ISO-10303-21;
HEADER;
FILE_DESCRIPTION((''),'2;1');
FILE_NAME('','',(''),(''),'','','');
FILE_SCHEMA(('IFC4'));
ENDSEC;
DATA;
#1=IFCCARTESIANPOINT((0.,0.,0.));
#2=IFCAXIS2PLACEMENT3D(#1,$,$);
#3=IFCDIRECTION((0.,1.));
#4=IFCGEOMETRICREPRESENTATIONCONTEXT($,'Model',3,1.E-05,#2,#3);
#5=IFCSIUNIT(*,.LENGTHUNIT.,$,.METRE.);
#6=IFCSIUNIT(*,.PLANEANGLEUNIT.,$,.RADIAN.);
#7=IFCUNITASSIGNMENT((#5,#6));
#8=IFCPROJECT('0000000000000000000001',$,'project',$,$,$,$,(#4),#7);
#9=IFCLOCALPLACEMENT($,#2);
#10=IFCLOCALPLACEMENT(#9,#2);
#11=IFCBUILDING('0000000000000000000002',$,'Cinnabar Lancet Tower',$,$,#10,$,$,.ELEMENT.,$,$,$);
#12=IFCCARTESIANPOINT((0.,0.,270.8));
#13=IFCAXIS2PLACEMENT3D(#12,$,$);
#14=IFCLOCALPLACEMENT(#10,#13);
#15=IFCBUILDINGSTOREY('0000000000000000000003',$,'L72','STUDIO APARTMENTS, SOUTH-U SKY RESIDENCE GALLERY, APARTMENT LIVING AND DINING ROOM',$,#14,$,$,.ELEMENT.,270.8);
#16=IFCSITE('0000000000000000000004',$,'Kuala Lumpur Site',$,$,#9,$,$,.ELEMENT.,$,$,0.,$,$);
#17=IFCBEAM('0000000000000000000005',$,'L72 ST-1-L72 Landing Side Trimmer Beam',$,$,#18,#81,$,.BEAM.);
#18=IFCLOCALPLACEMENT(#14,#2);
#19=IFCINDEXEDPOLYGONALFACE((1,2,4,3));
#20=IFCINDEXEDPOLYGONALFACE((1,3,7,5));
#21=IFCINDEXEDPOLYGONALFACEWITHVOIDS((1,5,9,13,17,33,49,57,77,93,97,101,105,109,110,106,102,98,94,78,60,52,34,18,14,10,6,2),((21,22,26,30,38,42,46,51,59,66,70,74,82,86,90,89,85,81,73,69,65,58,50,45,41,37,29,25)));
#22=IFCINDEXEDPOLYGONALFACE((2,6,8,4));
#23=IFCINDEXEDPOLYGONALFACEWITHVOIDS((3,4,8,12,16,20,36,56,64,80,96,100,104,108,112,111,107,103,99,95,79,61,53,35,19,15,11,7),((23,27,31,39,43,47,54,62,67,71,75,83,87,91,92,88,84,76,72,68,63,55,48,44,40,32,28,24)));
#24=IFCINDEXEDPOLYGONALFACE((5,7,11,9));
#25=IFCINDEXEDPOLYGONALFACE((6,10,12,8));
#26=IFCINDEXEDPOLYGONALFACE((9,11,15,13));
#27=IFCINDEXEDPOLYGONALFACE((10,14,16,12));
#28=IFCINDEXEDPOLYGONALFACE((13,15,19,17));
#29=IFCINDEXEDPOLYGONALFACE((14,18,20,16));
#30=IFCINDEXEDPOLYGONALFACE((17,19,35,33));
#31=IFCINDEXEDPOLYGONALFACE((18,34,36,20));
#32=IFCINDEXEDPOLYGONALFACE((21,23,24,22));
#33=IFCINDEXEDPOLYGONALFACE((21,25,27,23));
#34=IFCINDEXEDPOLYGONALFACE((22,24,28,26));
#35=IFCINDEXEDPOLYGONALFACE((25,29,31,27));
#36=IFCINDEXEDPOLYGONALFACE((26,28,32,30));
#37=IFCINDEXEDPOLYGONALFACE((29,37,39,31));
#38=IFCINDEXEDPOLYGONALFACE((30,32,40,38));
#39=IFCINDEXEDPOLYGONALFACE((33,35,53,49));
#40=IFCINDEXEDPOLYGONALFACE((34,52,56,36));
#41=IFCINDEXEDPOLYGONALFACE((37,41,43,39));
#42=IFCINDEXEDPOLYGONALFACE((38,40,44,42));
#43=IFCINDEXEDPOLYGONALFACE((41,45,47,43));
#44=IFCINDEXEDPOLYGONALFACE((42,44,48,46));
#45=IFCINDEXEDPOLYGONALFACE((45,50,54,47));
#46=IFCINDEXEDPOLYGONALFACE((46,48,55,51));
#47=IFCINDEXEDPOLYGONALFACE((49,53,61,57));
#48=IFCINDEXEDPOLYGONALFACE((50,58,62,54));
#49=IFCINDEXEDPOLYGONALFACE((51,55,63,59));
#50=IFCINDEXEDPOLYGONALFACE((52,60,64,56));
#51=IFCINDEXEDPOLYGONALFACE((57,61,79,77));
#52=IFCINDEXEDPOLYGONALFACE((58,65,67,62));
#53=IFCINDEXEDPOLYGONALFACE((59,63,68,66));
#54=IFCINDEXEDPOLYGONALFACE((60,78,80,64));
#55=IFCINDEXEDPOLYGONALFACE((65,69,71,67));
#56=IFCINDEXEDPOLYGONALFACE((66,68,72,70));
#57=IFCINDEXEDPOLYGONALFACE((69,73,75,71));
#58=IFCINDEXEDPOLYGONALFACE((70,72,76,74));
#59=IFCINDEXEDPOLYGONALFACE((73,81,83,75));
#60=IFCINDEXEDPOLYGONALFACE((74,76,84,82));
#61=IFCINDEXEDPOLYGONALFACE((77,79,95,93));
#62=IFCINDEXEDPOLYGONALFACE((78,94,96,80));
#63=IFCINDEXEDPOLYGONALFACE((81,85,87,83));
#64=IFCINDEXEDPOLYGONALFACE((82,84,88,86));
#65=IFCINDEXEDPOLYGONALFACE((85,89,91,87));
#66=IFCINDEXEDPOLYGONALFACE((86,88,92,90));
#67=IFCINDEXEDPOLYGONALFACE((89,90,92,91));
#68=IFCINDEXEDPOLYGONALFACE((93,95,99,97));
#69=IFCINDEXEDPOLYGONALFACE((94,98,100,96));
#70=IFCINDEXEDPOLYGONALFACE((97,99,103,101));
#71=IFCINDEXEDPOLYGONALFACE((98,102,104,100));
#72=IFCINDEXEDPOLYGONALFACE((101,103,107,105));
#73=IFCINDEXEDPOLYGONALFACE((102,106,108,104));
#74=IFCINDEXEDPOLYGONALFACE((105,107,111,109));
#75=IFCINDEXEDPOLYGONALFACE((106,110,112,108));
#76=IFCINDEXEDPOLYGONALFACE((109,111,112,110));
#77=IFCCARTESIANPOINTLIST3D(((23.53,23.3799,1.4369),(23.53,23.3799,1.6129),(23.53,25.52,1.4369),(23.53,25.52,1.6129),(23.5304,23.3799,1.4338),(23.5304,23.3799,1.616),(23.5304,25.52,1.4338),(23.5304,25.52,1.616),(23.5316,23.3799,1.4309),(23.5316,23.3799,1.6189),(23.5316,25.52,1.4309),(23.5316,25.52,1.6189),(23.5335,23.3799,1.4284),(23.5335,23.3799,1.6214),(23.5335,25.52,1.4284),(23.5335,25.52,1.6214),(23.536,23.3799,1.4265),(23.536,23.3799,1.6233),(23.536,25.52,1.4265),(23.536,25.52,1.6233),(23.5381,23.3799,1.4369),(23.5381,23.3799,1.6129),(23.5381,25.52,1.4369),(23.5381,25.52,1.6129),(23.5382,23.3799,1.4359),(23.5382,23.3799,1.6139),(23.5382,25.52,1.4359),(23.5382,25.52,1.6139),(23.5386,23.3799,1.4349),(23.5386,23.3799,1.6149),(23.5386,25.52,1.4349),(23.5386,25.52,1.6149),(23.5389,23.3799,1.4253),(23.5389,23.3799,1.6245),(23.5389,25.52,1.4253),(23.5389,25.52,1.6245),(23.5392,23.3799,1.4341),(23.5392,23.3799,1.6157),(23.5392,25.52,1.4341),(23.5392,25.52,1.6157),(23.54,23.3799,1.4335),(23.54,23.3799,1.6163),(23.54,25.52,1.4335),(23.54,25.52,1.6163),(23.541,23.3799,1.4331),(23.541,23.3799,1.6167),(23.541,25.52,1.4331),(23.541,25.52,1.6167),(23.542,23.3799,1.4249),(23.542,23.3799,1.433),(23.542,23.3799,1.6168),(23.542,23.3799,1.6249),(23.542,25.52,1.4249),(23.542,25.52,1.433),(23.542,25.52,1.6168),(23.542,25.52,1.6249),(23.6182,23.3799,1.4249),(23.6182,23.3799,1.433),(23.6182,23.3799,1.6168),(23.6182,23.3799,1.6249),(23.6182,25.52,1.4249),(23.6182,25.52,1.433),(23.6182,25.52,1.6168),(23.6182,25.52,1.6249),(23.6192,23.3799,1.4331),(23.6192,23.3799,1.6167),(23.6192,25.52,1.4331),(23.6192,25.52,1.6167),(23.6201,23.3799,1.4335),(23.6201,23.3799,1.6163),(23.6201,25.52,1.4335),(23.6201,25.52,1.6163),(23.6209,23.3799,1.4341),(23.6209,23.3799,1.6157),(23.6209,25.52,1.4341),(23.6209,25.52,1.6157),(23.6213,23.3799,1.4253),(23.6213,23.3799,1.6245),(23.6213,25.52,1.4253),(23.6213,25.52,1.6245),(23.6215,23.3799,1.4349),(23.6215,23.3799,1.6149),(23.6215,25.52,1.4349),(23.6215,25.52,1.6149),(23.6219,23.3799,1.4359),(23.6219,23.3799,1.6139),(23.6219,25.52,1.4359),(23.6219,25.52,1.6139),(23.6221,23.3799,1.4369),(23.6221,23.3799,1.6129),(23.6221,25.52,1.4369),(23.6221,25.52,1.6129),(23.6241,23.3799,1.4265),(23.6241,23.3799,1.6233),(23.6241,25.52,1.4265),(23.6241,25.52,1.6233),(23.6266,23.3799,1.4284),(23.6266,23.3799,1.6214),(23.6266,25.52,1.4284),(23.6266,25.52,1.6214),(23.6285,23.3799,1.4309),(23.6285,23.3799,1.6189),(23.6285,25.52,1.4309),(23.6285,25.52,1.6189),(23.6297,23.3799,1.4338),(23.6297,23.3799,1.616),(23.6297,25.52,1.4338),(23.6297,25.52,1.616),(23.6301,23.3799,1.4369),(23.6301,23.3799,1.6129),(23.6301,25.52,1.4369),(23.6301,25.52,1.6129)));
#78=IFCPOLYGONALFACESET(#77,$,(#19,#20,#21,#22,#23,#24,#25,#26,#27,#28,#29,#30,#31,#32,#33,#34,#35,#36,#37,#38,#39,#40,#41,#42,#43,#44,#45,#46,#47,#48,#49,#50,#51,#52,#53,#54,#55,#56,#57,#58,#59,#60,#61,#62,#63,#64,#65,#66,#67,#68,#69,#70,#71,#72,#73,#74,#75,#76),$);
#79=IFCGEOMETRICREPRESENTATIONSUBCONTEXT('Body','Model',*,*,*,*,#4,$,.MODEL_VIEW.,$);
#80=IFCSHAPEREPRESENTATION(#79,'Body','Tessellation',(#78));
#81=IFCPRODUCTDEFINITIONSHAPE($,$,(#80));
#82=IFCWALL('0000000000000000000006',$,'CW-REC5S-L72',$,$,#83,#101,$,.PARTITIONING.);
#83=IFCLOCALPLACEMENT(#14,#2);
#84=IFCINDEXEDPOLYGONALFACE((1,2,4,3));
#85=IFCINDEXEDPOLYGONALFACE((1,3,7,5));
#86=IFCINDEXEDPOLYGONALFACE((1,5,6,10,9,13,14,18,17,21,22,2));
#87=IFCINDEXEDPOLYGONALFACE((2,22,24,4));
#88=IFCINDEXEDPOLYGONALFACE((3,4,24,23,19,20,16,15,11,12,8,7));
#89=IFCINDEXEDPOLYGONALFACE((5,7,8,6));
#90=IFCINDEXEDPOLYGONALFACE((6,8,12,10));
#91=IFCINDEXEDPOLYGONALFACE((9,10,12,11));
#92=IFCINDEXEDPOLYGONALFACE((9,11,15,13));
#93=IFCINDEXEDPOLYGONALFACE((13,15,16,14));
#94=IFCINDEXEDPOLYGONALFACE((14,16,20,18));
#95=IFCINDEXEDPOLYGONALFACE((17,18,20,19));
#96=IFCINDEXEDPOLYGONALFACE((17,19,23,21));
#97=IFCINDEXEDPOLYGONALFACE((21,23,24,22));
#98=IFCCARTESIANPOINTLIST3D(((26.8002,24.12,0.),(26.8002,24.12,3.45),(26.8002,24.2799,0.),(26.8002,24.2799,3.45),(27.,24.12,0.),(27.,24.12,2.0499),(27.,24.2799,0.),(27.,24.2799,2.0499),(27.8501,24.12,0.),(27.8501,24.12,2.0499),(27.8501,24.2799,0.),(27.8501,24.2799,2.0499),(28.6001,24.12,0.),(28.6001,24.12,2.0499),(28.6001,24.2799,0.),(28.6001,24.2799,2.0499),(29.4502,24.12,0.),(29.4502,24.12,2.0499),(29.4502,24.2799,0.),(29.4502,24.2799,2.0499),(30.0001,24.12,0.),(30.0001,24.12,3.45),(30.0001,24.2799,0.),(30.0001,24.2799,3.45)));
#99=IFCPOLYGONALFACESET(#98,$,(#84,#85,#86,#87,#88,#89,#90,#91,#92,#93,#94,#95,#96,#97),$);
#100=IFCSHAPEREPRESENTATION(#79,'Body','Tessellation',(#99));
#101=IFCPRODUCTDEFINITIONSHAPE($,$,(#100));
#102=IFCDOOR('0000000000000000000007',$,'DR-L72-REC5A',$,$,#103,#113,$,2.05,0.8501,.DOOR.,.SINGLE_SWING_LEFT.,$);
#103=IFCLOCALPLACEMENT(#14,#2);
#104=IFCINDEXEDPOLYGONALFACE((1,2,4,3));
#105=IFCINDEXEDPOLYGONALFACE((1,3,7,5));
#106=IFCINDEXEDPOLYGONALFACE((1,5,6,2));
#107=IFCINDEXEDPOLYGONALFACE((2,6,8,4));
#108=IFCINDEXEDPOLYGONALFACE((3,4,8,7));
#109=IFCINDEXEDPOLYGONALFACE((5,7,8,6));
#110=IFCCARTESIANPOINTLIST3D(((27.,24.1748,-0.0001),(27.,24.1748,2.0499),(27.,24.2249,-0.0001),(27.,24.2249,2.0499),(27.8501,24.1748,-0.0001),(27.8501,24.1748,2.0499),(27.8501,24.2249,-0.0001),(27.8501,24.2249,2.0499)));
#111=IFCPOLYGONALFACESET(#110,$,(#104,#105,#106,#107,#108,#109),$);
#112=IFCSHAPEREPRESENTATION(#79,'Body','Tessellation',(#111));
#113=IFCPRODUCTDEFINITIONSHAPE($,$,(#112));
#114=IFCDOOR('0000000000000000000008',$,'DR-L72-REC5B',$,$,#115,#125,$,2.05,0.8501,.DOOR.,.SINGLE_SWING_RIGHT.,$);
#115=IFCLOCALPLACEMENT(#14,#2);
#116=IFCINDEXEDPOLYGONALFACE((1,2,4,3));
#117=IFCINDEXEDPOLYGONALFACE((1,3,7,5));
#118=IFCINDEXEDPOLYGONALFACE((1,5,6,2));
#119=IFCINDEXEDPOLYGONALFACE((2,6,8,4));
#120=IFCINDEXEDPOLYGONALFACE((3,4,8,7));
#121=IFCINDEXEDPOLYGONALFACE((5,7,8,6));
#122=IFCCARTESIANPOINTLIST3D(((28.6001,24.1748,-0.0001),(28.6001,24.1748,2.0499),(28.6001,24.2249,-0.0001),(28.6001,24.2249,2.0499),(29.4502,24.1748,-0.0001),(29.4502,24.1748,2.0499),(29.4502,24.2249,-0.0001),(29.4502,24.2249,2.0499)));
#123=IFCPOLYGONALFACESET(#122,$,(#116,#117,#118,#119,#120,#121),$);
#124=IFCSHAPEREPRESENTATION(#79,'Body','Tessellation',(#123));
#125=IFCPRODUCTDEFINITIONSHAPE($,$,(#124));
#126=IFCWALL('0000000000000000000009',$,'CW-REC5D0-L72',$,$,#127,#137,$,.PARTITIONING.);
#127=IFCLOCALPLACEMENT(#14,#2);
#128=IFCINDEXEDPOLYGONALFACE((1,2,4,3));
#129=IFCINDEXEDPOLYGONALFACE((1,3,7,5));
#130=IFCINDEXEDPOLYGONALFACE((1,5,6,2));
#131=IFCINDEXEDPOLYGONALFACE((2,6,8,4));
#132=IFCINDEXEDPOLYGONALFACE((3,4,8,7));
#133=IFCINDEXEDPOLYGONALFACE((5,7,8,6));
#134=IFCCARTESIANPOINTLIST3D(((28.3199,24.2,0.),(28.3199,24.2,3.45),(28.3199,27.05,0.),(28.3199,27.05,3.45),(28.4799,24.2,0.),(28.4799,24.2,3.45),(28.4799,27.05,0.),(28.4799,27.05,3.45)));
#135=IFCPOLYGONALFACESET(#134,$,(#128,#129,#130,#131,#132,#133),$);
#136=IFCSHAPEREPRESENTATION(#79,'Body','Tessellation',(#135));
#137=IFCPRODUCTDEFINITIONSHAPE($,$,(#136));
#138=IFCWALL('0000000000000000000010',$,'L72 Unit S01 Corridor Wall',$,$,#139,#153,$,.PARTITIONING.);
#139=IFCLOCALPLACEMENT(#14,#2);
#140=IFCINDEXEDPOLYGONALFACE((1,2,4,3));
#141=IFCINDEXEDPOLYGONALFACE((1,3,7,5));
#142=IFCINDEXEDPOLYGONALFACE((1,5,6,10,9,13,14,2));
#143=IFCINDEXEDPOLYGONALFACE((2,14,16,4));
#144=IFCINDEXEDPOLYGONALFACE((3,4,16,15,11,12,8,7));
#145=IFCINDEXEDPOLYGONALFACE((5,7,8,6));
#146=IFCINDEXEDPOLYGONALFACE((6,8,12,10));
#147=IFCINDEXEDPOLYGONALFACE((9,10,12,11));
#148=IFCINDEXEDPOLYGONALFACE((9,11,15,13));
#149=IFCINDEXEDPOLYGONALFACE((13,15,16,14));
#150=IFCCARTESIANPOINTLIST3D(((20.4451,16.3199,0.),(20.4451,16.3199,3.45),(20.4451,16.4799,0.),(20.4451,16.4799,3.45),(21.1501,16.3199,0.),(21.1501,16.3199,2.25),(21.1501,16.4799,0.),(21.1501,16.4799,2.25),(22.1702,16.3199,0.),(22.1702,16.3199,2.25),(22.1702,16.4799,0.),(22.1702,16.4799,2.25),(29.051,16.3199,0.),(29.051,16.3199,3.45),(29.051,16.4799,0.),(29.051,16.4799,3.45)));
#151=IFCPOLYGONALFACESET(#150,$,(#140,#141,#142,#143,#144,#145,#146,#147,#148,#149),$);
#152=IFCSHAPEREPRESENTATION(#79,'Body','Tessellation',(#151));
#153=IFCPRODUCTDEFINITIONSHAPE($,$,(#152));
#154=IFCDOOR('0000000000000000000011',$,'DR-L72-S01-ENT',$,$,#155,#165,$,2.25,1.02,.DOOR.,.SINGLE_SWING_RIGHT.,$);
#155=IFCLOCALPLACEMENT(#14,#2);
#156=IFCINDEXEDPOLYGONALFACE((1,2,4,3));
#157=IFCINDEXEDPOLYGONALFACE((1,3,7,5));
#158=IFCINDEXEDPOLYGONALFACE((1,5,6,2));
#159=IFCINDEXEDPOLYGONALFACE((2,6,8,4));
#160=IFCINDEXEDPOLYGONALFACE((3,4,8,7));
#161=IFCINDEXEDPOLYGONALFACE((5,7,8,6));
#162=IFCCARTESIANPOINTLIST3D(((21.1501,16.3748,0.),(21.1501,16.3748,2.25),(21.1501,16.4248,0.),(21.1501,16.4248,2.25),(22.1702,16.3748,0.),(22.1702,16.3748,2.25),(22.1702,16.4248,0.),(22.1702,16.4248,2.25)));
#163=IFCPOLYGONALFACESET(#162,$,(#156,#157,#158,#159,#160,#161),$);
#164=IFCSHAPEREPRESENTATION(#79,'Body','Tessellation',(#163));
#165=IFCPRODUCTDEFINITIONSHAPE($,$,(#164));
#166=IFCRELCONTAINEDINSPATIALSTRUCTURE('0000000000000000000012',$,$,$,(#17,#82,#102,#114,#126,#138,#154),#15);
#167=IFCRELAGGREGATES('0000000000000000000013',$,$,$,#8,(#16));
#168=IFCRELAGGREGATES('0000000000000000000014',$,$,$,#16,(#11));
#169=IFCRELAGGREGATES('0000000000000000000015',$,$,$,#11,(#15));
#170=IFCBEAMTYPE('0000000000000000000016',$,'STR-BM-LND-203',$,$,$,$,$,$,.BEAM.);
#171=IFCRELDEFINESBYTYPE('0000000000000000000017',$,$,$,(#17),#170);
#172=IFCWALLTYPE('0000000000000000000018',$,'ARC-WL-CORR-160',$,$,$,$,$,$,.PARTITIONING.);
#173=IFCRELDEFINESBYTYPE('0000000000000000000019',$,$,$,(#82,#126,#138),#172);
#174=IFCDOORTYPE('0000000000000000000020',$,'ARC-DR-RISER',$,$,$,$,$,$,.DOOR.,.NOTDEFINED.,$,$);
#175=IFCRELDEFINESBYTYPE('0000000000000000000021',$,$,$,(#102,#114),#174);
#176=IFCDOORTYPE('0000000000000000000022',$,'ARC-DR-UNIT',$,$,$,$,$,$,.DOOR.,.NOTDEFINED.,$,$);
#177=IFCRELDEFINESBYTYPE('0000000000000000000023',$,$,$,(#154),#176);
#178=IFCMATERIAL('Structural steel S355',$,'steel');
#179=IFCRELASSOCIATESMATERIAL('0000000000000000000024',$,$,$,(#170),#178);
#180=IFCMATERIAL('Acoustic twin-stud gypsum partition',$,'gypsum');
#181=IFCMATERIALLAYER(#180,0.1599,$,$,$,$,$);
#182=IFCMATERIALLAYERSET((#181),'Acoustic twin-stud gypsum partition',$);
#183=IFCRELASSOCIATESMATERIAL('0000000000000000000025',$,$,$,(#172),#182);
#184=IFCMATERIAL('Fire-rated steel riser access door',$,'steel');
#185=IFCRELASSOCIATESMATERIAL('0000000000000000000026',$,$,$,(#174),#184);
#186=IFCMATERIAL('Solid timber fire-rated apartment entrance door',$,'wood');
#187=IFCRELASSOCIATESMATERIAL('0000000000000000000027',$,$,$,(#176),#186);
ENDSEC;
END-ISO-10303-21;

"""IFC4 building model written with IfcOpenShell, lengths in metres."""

from ifc_helpers import new_model, si_unit, direction, frame, frame_2d, origin, origin_2d, place, context, subcontext, project, spatial, rectangle, hollow_rectangle, extrude, material, layer, layer_set, material_profile, profile_set, type_object, element, fill, save


model = new_model("IFC4")

# Units and contexts
model_context = context("Model", 3, precision=1e-05, world=origin(), true_north=direction((0.0, 1.0)))
body_context = subcontext(model_context, "Body", "Model", "MODEL_VIEW")
ifc_project = project(units=[si_unit("LENGTHUNIT", "METRE"), si_unit("PLANEANGLEUNIT", "RADIAN")], contexts=[model_context])

# Site, building, storey
site_placement = place(None, origin())
site = spatial("IfcSite", under=ifc_project, at=site_placement, Name="Kuala Lumpur Site", CompositionType="ELEMENT", RefElevation=0.0)
building_placement = place(site_placement, origin())
building = spatial("IfcBuilding", under=site, at=building_placement, Name="Cinnabar Lancet Tower", CompositionType="ELEMENT")
storey_placement = place(building_placement, frame((0.0, 0.0, 270.8)))
storey = spatial("IfcBuildingStorey", under=building, at=storey_placement, Name="L72", Description="STUDIO APARTMENTS, SOUTH-U SKY RESIDENCE GALLERY, APARTMENT LIVING AND DINING ROOM", CompositionType="ELEMENT", Elevation=270.8)

# Beam
ifc_material_1 = material(Name="Structural steel S355", Category="steel")
ifc_material_profile_1 = material_profile(ifc_material_1, hollow_rectangle(XDim=0.1001, YDim=0.2, WallThickness=0.0081, InnerFilletRadius=0.0039, OuterFilletRadius=0.012, at=origin_2d()), Name="RHS 200x100x8")
ifc_profile_set_1 = profile_set([ifc_material_profile_1], Name="Structural steel S355")
beam_type_1 = type_object("IfcBeamType", Name="STR-BM-LND-203", PredefinedType="BEAM", material=ifc_profile_set_1)
beam_1_placement = place(storey_placement, frame((23.5801, 23.3799, 1.5249), z_axis=(0.0, 1.0, 0.0), x_axis=(-1.0, 0.0, 0.0)))
element("IfcBeam", 1, at=beam_1_placement, inside=storey, type_object=beam_type_1, Name="L72 ST-1-L72 Landing Side Trimmer Beam", PredefinedType="BEAM", context=body_context, shape_type="SweptSolid", body=[
    extrude(hollow_rectangle(XDim=0.1001, YDim=0.2, WallThickness=0.0081, InnerFilletRadius=0.0039, OuterFilletRadius=0.012, at=origin_2d()), origin(), (0.0, 0.0, 1.0), 2.1401),
])

# Wall, openings, doors
ifc_material_2 = material(Name="Acoustic twin-stud gypsum partition", Category="gypsum")
ifc_layer_1 = layer(ifc_material_2, 0.1599)
ifc_layer_set_1 = layer_set([ifc_layer_1], Name="Acoustic twin-stud gypsum partition")
wall_type_1 = type_object("IfcWallType", Name="ARC-WL-CORR-160", PredefinedType="PARTITIONING", material=ifc_layer_set_1)
wall_1_placement = place(storey_placement, frame((26.8, 24.2, 0.0), z_axis=(0.0, 0.0, 1.0), x_axis=(1.0, 0.0, 0.0)))
wall_1 = element("IfcWall", 2, at=wall_1_placement, inside=storey, type_object=wall_type_1, Name="CW-REC5S-L72", PredefinedType="PARTITIONING", context=body_context, shape_type="SweptSolid", body=[
    extrude(rectangle(XDim=3.2, YDim=0.1599, at=frame_2d((1.6001, 0.0))), origin(), (0.0, 0.0, 1.0), 3.45),
])
opening_1_placement = place(wall_1_placement, frame((0.2, 0.0, 0.0)))
opening_1 = element("IfcOpeningElement", 3, at=opening_1_placement, cuts=wall_1, PredefinedType="OPENING", context=body_context, shape_type="SweptSolid", body=[
    extrude(rectangle(XDim=0.8501, YDim=2.05, at=frame_2d((0.425, 1.0249))), frame((0.0, 0.0898, 0.0), z_axis=(0.0, -1.0, 0.0), x_axis=(1.0, 0.0, 0.0)), (0.0, 0.0, 1.0), 0.1799),
])
opening_2_placement = place(wall_1_placement, frame((1.8, 0.0, 0.0)))
opening_2 = element("IfcOpeningElement", 4, at=opening_2_placement, cuts=wall_1, PredefinedType="OPENING", context=body_context, shape_type="SweptSolid", body=[
    extrude(rectangle(XDim=0.8501, YDim=2.05, at=frame_2d((0.425, 1.0249))), frame((0.0, 0.0898, 0.0), z_axis=(0.0, -1.0, 0.0), x_axis=(1.0, 0.0, 0.0)), (0.0, 0.0, 1.0), 0.1799),
])
ifc_material_3 = material(Name="Fire-rated steel riser access door", Category="steel")
door_type_1 = type_object("IfcDoorType", Name="ARC-DR-RISER", OperationType="NOTDEFINED", PredefinedType="DOOR", material=ifc_material_3)
door_1_placement = place(opening_1_placement, origin())
door_1 = element("IfcDoor", 5, at=door_1_placement, inside=storey, type_object=door_type_1, Name="DR-L72-REC5A", OperationType="SINGLE_SWING_LEFT", OverallHeight=2.05, OverallWidth=0.8501, PredefinedType="DOOR", context=body_context, shape_type="SweptSolid", body=[
    extrude(rectangle(XDim=0.8501, YDim=2.05, at=frame_2d((0.425, 1.0249))), frame((0.0, 0.0249, 0.0), z_axis=(0.0, -1.0, 0.0), x_axis=(1.0, 0.0, 0.0)), (0.0, 0.0, 1.0), 0.05),
])
fill(opening_1, door_1)
door_2_placement = place(opening_2_placement, origin())
door_2 = element("IfcDoor", 6, at=door_2_placement, inside=storey, type_object=door_type_1, Name="DR-L72-REC5B", OperationType="SINGLE_SWING_RIGHT", OverallHeight=2.05, OverallWidth=0.8501, PredefinedType="DOOR", context=body_context, shape_type="SweptSolid", body=[
    extrude(rectangle(XDim=0.8501, YDim=2.05, at=frame_2d((0.425, 1.0249))), frame((0.0, 0.0249, 0.0), z_axis=(0.0, -1.0, 0.0), x_axis=(1.0, 0.0, 0.0)), (0.0, 0.0, 1.0), 0.05),
])
fill(opening_2, door_2)

# Wall
wall_2_placement = place(storey_placement, frame((28.3999, 24.2, 0.0), z_axis=(0.0, 0.0, 1.0), x_axis=(0.0, 1.0, 0.0)))
element("IfcWall", 7, at=wall_2_placement, inside=storey, type_object=wall_type_1, Name="CW-REC5D0-L72", PredefinedType="PARTITIONING", context=body_context, shape_type="SweptSolid", body=[
    extrude(rectangle(XDim=2.8501, YDim=0.1599, at=frame_2d((1.425, 0.0))), origin(), (0.0, 0.0, 1.0), 3.45),
])

# Wall, opening, door
wall_3_placement = place(storey_placement, frame((20.4451, 16.3999, 0.0), z_axis=(0.0, 0.0, 1.0), x_axis=(1.0, 0.0, 0.0)))
wall_3 = element("IfcWall", 8, at=wall_3_placement, inside=storey, type_object=wall_type_1, Name="L72 Unit S01 Corridor Wall", PredefinedType="PARTITIONING", context=body_context, shape_type="SweptSolid", body=[
    extrude(rectangle(XDim=8.606, YDim=0.1599, at=frame_2d((4.303, 0.0))), origin(), (0.0, 0.0, 1.0), 3.45),
])
opening_3_placement = place(wall_3_placement, frame((0.7051, 0.0, 0.0)))
opening_3 = element("IfcOpeningElement", 9, at=opening_3_placement, cuts=wall_3, PredefinedType="OPENING", context=body_context, shape_type="SweptSolid", body=[
    extrude(rectangle(XDim=1.02, YDim=2.25, at=frame_2d((0.51, 1.125))), frame((0.0, 0.0898, 0.0), z_axis=(0.0, -1.0, 0.0), x_axis=(1.0, 0.0, 0.0)), (0.0, 0.0, 1.0), 0.1799),
])
ifc_material_4 = material(Name="Solid timber fire-rated apartment entrance door", Category="wood")
door_type_2 = type_object("IfcDoorType", Name="ARC-DR-UNIT", OperationType="NOTDEFINED", PredefinedType="DOOR", material=ifc_material_4)
door_3_placement = place(opening_3_placement, origin())
door_3 = element("IfcDoor", 10, at=door_3_placement, inside=storey, type_object=door_type_2, Name="DR-L72-S01-ENT", OperationType="SINGLE_SWING_RIGHT", OverallHeight=2.25, OverallWidth=1.02, PredefinedType="DOOR", context=body_context, shape_type="SweptSolid", body=[
    extrude(rectangle(XDim=1.02, YDim=2.25, at=frame_2d((0.51, 1.125))), frame((0.0, 0.0249, 0.0), z_axis=(0.0, -1.0, 0.0), x_axis=(1.0, 0.0, 0.0)), (0.0, 0.0, 1.0), 0.05),
])
fill(opening_3, door_3)

save(model, "model.ifc")
